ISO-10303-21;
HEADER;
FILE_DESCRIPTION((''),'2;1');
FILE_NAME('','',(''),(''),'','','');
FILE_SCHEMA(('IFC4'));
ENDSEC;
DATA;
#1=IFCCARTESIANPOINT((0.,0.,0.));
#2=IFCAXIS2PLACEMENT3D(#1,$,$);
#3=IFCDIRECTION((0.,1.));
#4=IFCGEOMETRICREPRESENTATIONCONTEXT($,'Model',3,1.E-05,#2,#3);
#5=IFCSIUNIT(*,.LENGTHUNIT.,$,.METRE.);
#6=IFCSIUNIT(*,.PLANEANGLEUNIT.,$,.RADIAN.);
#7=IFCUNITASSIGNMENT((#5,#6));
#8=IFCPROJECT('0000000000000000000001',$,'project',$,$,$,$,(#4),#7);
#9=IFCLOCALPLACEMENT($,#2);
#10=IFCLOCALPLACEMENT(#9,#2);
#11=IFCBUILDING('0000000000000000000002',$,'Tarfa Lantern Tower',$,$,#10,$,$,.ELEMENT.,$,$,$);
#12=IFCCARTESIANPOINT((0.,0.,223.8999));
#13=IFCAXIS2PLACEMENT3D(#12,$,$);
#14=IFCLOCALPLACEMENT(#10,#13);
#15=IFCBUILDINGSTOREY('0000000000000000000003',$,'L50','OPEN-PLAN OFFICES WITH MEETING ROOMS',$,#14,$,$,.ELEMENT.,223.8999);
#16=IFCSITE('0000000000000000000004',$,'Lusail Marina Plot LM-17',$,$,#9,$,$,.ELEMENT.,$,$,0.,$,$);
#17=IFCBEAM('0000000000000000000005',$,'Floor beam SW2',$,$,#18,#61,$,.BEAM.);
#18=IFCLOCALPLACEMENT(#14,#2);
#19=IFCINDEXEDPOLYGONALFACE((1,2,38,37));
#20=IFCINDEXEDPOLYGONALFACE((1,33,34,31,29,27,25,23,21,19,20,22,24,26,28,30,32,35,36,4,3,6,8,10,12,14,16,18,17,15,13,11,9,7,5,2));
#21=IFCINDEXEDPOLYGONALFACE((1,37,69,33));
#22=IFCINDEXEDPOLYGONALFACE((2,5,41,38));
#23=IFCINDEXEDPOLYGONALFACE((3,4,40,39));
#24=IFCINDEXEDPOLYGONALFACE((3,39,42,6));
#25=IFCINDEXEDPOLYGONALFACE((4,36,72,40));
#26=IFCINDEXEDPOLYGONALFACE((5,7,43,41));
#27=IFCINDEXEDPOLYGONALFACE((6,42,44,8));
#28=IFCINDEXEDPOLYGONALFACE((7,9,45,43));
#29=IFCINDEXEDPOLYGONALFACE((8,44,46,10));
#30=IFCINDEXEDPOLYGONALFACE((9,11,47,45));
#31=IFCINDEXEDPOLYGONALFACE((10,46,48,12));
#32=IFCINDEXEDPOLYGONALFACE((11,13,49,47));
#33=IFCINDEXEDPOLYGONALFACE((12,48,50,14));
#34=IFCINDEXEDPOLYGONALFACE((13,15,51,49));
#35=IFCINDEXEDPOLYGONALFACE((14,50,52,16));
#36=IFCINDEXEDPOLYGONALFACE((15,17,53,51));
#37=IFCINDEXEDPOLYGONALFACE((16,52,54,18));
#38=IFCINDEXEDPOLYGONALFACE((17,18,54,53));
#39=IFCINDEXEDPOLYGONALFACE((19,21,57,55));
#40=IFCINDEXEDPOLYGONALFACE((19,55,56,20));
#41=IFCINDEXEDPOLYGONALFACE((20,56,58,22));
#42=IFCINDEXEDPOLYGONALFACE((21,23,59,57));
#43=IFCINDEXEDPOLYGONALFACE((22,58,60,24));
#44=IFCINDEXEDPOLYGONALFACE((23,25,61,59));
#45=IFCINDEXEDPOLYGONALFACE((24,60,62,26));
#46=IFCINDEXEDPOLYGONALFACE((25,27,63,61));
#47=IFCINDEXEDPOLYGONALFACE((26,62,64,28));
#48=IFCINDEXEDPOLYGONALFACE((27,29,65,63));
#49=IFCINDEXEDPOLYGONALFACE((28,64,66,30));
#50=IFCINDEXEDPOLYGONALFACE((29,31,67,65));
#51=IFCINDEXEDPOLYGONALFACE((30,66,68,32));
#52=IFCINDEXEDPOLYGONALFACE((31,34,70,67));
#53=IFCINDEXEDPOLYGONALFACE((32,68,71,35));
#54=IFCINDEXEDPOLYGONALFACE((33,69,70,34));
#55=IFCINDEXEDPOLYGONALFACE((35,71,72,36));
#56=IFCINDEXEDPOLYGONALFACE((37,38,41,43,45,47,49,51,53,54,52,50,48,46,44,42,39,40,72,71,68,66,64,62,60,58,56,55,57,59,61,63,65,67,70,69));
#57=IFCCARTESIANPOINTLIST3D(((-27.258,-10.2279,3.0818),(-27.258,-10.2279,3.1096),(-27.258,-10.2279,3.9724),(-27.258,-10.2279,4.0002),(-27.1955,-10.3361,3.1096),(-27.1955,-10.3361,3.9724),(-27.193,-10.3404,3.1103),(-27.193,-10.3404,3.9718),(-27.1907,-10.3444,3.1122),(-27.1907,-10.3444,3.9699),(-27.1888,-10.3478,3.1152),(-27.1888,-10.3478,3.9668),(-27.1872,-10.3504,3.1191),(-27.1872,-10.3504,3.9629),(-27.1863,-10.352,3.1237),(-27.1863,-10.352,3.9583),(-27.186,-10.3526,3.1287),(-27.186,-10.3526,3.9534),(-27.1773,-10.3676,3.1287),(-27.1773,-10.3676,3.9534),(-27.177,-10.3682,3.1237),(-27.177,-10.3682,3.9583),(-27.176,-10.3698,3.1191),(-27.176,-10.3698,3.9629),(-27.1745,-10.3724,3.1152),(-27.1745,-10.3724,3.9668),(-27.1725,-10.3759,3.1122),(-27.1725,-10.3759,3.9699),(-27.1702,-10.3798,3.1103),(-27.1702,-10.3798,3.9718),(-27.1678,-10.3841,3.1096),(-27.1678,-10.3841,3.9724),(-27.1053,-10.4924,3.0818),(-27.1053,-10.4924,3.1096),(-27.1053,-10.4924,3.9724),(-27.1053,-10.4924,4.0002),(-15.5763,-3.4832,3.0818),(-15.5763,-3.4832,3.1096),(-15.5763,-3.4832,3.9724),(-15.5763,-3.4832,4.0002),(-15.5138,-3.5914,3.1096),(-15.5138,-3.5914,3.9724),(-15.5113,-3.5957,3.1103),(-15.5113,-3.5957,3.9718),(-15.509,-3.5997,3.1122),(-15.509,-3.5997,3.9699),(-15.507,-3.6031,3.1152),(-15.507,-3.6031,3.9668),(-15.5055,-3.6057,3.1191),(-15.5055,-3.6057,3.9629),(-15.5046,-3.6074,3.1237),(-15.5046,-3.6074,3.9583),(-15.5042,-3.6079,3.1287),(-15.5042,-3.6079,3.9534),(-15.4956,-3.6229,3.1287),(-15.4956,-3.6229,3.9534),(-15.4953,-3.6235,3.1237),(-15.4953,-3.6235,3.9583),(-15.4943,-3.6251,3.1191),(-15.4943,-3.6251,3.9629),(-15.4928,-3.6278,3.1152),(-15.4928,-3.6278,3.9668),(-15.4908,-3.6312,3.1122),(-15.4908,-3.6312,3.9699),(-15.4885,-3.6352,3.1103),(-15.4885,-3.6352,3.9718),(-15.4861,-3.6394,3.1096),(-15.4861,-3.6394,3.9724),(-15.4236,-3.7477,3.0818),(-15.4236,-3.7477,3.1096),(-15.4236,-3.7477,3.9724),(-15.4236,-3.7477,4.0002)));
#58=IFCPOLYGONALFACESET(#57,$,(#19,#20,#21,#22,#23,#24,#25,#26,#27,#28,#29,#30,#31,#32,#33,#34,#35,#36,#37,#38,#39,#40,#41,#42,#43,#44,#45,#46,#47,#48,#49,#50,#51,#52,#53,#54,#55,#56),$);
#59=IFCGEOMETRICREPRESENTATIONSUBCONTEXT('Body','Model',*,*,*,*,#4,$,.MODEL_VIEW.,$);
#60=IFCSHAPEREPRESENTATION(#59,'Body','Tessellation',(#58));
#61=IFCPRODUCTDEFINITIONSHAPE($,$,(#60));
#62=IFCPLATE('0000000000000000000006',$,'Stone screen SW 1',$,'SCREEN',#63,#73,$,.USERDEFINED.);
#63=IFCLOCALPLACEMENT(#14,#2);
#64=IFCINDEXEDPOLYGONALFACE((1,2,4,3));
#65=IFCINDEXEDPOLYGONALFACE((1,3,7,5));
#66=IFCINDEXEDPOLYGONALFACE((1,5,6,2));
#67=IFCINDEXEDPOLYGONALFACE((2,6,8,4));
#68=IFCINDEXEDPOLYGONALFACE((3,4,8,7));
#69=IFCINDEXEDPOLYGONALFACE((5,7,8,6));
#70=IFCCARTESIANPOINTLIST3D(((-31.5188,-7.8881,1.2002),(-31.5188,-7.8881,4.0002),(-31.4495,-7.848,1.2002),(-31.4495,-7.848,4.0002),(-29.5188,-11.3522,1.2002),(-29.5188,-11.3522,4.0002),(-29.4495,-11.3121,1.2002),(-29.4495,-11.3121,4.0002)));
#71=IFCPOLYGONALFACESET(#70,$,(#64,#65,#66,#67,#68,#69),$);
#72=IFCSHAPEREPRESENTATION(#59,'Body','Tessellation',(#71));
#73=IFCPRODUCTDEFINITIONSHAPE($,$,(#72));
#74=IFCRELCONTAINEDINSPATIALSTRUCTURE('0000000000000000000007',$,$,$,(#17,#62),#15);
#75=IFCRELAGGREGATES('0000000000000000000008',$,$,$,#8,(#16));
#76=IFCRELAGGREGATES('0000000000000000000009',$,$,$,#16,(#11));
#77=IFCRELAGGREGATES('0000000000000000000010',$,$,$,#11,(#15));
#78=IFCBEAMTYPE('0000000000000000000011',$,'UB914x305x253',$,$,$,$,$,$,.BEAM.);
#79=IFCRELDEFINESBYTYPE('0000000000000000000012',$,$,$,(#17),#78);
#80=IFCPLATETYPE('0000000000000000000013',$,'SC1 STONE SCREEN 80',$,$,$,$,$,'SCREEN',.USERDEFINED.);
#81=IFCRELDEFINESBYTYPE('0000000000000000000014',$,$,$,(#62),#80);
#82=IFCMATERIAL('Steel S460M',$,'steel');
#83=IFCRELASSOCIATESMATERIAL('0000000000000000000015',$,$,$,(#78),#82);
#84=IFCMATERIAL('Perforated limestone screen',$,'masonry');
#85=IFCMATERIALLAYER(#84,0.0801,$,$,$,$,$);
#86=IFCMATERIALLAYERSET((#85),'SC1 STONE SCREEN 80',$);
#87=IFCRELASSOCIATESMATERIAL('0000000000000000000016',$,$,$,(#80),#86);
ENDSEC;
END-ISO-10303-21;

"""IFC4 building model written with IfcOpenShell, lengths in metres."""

from ifc_helpers import new_model, si_unit, direction, frame, origin, origin_2d, place, context, subcontext, project, spatial, rectangle, i_section, extrude, material, layer, layer_set, material_profile, profile_set, type_object, element, save


model = new_model("IFC4")

# Units and contexts
model_context = context("Model", 3, precision=1e-05, world=origin(), true_north=direction((0.0, 1.0)))
body_context = subcontext(model_context, "Body", "Model", "MODEL_VIEW")
ifc_project = project(units=[si_unit("LENGTHUNIT", "METRE"), si_unit("PLANEANGLEUNIT", "RADIAN")], contexts=[model_context])

# Site, building, storey
site_placement = place(None, origin())
site = spatial("IfcSite", under=ifc_project, at=site_placement, Name="Lusail Marina Plot LM-17", CompositionType="ELEMENT", RefElevation=0.0)
building_placement = place(site_placement, origin())
building = spatial("IfcBuilding", under=site, at=building_placement, Name="Tarfa Lantern Tower", CompositionType="ELEMENT")
storey_placement = place(building_placement, frame((0.0, 0.0, 223.8999)))
storey = spatial("IfcBuildingStorey", under=building, at=storey_placement, Name="L50", Description="OPEN-PLAN OFFICES WITH MEETING ROOMS", CompositionType="ELEMENT", Elevation=223.8999)

# Beam
ifc_material_1 = material(Name="Steel S460M", Category="steel")
ifc_material_profile_1 = material_profile(ifc_material_1, i_section(OverallWidth=0.3054, OverallDepth=0.9185, WebThickness=0.0173, FlangeThickness=0.0278, FilletRadius=0.019, at=origin_2d()), Name="UB914x305x253")
ifc_profile_set_1 = profile_set([ifc_material_profile_1], Name="Steel S460M")
beam_type_1 = type_object("IfcBeamType", Name="UB914x305x253", PredefinedType="BEAM", material=ifc_profile_set_1)
beam_1_placement = place(storey_placement, frame((-27.1816, -10.3601, 3.541), z_axis=(0.866018, 0.500013, 0.0), x_axis=(-0.500013, 0.866018, 0.0)))
element("IfcBeam", 1, at=beam_1_placement, inside=storey, type_object=beam_type_1, Name="Floor beam SW2", PredefinedType="BEAM", context=body_context, shape_type="SweptSolid", body=[
    extrude(i_section(OverallWidth=0.3054, OverallDepth=0.9185, WebThickness=0.0173, FlangeThickness=0.0278, FilletRadius=0.019, at=origin_2d()), origin(), (0.0, 0.0, 1.0), 13.489),
])

# Plate
ifc_material_2 = material(Name="Perforated limestone screen", Category="masonry")
ifc_layer_1 = layer(ifc_material_2, 0.0801)
ifc_layer_set_1 = layer_set([ifc_layer_1], Name="SC1 STONE SCREEN 80")
plate_type = type_object("IfcPlateType", Name="SC1 STONE SCREEN 80", ElementType="SCREEN", PredefinedType="USERDEFINED", material=ifc_layer_set_1)
plate_placement = place(storey_placement, frame((-30.4841, -9.6001, 1.2002), z_axis=(0.0, 0.0, 1.0), x_axis=(0.5, -0.866025, 0.0)))
element("IfcPlate", 2, at=plate_placement, inside=storey, type_object=plate_type, Name="Stone screen SW 1", ObjectType="SCREEN", PredefinedType="USERDEFINED", context=body_context, shape_type="SweptSolid", body=[
    extrude(rectangle(XDim=4.0, YDim=0.0801, at=origin_2d()), origin(), (0.0, 0.0, 1.0), 2.8),
])

save(model, "model.ifc")
